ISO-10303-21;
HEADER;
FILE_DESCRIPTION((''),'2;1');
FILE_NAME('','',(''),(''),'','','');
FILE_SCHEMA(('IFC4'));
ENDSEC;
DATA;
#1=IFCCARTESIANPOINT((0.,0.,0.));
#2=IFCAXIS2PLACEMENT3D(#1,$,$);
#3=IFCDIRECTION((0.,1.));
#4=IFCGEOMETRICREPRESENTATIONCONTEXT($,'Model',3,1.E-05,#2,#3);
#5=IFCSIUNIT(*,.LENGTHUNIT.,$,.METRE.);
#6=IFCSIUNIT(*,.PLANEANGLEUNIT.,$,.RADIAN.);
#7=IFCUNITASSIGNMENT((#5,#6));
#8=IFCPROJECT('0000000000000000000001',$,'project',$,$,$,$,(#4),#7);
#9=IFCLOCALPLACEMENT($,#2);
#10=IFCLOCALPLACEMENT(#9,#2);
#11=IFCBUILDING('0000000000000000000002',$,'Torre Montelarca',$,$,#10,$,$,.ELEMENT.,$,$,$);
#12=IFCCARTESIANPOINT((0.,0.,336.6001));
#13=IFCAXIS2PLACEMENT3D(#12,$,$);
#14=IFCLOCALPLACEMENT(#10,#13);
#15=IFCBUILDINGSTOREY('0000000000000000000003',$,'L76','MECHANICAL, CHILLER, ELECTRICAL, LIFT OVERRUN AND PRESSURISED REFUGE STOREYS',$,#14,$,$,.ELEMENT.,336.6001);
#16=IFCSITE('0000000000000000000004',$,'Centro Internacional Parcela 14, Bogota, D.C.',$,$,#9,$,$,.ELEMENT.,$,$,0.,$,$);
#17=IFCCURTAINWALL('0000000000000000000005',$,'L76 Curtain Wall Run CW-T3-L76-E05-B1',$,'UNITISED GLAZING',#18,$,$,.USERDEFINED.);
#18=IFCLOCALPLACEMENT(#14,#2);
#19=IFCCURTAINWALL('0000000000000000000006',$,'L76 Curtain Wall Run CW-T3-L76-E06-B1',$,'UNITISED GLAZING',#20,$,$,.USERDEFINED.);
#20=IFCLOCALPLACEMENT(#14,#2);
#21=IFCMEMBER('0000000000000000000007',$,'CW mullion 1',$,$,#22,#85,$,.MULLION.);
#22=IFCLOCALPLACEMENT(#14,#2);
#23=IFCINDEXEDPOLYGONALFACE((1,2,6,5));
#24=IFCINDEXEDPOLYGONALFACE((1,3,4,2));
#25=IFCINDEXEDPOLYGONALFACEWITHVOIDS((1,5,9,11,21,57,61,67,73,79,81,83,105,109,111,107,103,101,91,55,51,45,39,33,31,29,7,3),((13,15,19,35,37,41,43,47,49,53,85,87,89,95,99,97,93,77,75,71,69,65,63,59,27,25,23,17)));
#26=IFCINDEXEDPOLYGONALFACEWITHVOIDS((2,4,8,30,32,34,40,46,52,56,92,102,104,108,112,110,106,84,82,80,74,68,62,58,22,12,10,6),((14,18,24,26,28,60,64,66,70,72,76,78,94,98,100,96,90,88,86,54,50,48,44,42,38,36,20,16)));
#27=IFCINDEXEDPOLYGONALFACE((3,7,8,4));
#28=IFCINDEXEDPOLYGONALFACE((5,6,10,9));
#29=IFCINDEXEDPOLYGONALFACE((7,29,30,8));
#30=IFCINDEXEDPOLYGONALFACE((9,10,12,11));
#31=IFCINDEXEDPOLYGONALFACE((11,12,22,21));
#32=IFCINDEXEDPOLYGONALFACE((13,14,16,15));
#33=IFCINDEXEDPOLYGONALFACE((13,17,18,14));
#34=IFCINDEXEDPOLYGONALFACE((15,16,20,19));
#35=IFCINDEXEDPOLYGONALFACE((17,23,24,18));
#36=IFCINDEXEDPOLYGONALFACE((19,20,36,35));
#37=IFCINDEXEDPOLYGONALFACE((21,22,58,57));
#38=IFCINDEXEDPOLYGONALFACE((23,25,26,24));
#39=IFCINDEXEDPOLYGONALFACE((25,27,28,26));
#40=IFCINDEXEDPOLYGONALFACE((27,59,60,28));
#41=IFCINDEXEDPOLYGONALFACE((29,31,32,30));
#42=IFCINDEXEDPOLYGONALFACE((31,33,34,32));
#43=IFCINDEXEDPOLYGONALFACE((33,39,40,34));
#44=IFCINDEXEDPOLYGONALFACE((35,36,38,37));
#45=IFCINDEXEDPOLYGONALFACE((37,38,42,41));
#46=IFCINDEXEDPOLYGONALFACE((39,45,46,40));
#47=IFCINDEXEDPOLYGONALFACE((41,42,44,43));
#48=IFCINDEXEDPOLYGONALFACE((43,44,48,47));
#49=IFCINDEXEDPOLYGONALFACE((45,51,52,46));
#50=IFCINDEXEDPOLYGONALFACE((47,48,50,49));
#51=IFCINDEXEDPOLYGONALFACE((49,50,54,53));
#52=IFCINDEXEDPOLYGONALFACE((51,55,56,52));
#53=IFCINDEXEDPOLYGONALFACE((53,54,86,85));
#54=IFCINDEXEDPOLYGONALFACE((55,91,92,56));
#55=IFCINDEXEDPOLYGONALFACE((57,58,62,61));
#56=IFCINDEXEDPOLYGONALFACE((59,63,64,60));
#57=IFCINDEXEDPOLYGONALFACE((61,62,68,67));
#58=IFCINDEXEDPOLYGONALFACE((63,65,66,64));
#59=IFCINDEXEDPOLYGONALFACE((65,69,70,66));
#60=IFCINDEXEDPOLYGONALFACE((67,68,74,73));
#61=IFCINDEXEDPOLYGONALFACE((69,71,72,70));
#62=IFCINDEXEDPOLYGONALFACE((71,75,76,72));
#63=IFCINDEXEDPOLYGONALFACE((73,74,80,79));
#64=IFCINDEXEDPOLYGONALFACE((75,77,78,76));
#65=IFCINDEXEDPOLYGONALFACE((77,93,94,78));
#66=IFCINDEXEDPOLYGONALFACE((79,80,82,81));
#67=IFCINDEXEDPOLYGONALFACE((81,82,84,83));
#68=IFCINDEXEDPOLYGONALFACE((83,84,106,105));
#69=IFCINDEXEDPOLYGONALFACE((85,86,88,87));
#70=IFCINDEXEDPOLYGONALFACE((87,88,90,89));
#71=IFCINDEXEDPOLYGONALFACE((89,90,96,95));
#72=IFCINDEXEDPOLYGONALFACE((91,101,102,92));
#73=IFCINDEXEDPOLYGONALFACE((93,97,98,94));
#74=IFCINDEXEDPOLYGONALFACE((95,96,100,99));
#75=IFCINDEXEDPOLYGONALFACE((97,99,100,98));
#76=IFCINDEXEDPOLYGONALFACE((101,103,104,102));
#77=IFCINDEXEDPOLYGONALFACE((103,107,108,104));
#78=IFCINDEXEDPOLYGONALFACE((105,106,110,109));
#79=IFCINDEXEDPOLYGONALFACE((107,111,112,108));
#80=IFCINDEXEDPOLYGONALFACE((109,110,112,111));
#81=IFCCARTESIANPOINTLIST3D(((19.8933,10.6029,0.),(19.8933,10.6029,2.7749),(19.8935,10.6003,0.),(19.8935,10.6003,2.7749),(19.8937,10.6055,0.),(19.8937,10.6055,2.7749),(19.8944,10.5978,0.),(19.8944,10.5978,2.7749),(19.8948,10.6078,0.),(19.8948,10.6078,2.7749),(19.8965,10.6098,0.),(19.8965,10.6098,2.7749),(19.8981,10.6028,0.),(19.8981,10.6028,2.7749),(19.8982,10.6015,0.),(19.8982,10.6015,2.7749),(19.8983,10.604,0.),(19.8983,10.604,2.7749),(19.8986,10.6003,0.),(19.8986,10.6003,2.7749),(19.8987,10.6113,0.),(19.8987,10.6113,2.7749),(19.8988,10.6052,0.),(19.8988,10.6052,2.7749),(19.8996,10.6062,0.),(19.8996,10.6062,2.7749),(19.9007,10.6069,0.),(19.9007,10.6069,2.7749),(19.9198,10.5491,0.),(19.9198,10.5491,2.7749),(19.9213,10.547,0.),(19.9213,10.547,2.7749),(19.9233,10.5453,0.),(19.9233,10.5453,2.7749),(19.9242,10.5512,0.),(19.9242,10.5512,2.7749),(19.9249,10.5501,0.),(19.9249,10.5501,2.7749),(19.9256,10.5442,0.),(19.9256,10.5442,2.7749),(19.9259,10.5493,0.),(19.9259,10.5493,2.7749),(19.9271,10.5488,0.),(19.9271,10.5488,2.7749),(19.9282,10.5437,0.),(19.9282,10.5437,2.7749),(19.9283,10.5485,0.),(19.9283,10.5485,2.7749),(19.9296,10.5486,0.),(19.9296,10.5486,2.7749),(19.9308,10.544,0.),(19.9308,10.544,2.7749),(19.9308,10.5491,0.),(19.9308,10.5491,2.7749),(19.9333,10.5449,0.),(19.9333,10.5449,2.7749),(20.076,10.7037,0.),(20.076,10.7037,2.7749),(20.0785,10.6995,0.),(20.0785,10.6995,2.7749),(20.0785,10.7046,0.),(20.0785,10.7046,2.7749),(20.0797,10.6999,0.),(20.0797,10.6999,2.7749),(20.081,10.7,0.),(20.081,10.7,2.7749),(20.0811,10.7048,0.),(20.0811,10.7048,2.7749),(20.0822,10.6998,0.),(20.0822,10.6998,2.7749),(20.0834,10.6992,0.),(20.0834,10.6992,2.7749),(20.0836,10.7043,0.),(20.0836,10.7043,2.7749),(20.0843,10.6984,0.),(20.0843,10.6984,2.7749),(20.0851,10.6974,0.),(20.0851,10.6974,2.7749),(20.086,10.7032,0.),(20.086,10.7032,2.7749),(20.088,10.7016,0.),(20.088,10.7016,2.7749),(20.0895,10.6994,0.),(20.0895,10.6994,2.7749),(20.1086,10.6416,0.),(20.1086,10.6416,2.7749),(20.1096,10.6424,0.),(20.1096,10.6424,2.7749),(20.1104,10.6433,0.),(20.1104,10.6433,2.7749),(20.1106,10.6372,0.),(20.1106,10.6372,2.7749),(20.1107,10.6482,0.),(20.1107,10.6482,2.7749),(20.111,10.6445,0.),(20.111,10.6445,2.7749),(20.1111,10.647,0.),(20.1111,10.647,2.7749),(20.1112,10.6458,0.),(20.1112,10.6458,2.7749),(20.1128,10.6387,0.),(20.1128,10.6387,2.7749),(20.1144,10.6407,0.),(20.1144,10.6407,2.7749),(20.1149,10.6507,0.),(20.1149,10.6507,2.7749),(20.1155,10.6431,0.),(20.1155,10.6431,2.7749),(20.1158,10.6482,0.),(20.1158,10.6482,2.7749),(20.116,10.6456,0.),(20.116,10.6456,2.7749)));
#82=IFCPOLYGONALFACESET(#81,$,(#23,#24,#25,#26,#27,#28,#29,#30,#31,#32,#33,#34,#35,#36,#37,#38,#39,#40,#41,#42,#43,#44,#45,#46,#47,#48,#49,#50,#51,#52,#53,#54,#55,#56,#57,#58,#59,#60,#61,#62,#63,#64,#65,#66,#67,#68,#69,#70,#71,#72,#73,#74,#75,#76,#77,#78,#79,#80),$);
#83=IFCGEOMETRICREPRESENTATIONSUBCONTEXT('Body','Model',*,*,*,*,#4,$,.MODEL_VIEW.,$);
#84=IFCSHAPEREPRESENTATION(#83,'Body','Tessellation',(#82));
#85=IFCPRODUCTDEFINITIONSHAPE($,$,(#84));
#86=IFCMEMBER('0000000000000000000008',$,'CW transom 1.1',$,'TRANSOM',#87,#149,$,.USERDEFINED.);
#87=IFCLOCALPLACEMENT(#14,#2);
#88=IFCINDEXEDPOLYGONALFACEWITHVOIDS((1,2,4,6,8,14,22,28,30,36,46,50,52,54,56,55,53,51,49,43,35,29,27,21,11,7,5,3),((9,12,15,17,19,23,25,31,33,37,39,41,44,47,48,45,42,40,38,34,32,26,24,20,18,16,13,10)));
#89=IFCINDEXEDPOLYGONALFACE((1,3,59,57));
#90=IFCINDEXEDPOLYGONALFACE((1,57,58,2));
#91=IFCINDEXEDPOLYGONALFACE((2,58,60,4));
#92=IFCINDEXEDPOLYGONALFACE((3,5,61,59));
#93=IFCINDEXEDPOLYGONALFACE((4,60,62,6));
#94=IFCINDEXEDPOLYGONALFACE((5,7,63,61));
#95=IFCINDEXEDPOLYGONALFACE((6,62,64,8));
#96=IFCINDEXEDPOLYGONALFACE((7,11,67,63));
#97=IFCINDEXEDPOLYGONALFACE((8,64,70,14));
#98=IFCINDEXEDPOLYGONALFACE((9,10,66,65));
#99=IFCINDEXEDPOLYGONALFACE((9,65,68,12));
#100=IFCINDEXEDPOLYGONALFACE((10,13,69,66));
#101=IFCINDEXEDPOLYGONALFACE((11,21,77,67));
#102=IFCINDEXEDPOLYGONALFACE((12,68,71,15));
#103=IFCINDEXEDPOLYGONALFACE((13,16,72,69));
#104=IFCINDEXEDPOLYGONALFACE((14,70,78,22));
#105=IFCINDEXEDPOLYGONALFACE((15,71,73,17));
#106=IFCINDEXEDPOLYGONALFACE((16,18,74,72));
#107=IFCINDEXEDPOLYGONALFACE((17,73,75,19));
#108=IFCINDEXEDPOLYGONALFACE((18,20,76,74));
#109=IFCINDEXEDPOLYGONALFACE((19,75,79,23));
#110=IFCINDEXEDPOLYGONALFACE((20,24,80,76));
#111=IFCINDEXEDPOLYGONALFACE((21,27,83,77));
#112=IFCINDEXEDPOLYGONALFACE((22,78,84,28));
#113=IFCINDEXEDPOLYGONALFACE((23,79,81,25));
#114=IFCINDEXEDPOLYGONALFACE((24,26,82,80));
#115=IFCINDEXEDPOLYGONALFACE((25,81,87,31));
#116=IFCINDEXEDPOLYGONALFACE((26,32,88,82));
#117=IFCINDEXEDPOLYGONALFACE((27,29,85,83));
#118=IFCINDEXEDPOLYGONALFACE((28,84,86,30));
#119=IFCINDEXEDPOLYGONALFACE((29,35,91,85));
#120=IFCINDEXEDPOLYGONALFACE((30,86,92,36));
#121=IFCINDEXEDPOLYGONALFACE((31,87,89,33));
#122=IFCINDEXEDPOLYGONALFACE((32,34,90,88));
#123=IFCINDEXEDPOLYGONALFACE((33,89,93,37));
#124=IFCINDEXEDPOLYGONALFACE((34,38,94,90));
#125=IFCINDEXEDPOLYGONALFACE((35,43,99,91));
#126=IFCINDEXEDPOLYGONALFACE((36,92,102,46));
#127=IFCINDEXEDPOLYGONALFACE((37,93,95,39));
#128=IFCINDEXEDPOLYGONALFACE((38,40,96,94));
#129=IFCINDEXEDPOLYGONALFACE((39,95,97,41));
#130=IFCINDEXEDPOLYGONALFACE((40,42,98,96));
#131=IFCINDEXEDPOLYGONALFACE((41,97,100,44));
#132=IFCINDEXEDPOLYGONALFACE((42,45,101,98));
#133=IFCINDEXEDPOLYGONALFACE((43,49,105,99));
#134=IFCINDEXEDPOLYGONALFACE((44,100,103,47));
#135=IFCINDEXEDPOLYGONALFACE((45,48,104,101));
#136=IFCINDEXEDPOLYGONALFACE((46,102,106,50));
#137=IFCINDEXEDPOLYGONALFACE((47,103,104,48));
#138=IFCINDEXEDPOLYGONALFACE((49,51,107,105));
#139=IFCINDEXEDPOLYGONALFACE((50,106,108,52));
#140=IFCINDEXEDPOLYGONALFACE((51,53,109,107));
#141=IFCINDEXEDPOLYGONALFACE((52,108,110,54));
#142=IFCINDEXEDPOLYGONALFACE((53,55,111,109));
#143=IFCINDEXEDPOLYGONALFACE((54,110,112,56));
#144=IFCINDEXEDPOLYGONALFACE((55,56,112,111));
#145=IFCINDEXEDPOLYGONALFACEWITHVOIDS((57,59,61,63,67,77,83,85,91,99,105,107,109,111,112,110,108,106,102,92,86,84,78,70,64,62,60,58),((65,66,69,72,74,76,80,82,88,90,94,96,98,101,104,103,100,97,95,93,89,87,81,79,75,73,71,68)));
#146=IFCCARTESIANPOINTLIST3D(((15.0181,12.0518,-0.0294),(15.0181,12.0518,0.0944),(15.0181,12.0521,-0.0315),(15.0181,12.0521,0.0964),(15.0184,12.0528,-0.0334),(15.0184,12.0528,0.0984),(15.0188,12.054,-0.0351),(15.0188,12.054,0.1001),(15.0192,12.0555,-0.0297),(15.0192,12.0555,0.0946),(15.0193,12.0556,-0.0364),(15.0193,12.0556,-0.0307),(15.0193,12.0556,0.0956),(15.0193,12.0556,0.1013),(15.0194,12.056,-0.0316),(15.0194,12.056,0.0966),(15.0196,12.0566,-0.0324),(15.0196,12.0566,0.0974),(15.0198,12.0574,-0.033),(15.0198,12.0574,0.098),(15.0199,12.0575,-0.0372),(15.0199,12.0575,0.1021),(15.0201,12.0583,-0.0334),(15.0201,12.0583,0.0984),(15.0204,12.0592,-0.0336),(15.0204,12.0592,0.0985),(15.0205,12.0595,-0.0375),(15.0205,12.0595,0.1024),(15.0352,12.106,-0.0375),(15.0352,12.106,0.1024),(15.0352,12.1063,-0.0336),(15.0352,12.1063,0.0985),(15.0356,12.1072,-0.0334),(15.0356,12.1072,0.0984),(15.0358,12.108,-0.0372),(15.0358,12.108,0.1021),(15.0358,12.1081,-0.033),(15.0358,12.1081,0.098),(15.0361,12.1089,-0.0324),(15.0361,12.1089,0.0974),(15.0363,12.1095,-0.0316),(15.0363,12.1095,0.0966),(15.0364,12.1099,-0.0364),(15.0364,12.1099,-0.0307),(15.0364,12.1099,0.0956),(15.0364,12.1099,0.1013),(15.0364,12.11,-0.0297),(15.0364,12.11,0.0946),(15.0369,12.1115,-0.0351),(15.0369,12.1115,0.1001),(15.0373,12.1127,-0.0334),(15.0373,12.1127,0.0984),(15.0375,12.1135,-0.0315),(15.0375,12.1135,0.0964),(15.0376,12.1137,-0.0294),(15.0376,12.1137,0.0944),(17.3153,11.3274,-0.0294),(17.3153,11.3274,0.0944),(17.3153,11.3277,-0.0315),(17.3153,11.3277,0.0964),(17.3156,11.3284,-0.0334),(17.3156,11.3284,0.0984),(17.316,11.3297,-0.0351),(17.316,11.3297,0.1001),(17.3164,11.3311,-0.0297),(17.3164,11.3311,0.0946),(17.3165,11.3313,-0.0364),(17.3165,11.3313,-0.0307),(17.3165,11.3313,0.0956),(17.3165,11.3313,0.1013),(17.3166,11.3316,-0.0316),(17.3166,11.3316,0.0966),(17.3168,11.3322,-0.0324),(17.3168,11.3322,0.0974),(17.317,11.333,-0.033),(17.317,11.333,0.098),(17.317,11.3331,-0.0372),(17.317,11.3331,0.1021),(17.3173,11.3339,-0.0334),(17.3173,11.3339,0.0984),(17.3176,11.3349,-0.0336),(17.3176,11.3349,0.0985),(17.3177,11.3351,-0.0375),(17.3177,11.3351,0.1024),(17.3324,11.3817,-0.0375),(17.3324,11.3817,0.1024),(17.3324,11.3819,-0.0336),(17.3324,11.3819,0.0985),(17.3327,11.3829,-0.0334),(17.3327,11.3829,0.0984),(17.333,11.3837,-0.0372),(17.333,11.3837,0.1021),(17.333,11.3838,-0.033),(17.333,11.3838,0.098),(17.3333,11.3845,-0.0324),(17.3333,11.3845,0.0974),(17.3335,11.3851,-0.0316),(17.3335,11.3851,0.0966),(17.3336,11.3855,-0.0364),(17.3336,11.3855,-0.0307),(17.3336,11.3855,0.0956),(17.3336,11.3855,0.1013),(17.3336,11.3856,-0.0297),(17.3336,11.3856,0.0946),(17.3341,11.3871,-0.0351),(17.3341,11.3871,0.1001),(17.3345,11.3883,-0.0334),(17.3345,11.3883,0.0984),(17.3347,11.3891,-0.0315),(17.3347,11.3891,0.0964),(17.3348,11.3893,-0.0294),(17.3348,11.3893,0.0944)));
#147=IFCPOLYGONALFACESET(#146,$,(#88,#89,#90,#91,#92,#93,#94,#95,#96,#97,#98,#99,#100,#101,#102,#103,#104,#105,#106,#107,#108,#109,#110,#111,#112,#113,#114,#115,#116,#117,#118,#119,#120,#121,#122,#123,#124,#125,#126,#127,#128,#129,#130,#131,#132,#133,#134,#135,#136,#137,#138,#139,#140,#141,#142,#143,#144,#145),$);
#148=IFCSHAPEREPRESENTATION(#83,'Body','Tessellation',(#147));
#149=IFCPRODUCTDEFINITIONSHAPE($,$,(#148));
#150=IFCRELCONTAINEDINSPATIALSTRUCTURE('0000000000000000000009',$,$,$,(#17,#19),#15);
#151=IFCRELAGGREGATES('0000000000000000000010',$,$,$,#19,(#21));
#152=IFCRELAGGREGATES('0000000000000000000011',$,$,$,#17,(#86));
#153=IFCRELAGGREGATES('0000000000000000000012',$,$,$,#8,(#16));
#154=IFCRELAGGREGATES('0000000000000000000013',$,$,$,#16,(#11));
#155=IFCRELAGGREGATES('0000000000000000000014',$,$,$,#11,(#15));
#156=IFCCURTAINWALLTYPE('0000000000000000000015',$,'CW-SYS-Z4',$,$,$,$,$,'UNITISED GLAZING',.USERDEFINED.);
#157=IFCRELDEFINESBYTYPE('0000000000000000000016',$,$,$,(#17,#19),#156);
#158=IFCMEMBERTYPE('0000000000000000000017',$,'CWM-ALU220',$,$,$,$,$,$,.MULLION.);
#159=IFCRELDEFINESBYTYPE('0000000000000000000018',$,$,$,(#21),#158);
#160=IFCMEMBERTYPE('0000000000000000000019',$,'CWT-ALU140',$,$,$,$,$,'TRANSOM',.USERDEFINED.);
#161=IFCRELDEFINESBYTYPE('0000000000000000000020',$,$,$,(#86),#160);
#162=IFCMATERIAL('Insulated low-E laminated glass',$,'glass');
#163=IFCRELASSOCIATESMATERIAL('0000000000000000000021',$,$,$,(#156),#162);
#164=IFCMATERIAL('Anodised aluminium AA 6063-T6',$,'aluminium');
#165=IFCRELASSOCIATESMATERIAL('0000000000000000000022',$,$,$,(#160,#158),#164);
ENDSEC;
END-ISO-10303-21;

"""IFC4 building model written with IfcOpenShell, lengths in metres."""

from ifc_helpers import new_model, si_unit, direction, frame, origin, origin_2d, place, context, subcontext, project, spatial, hollow_rectangle, extrude, source, transform, mapped, material, material_profile, profile_set, type_object, element, aggregate, save


model = new_model("IFC4")

# Units and contexts
model_context = context("Model", 3, precision=1e-05, world=origin(), true_north=direction((0.0, 1.0)))
body_context = subcontext(model_context, "Body", "Model", "MODEL_VIEW")
ifc_project = project(units=[si_unit("LENGTHUNIT", "METRE"), si_unit("PLANEANGLEUNIT", "RADIAN")], contexts=[model_context])

# Site, building, storey
site_placement = place(None, origin())
site = spatial("IfcSite", under=ifc_project, at=site_placement, Name="Centro Internacional Parcela 14, Bogota, D.C.", CompositionType="ELEMENT", RefElevation=0.0)
building_placement = place(site_placement, origin())
building = spatial("IfcBuilding", under=site, at=building_placement, Name="Torre Montelarca", CompositionType="ELEMENT")
storey_placement = place(building_placement, frame((0.0, 0.0, 336.6001)))
storey = spatial("IfcBuildingStorey", under=building, at=storey_placement, Name="L76", Description="MECHANICAL, CHILLER, ELECTRICAL, LIFT OVERRUN AND PRESSURISED REFUGE STOREYS", CompositionType="ELEMENT", Elevation=336.6001)

# Curtain wall
ifc_material_1 = material(Name="Insulated low-E laminated glass", Category="glass")
curtain_wall_type = type_object("IfcCurtainWallType", Name="CW-SYS-Z4", ElementType="UNITISED GLAZING", PredefinedType="USERDEFINED", material=ifc_material_1)
ifc_material_2 = material(Name="Anodised aluminium AA 6063-T6", Category="aluminium")
ifc_material_profile_1 = material_profile(ifc_material_2, hollow_rectangle(XDim=0.0649, YDim=0.1399, WallThickness=0.0039, InnerFilletRadius=0.0039, OuterFilletRadius=0.0081, at=origin_2d()), Name="ALU65X140X4", Category="aluminium")
ifc_profile_set_1 = profile_set([ifc_material_profile_1], Name="Anodised aluminium AA 6063-T6")
member_type_1 = type_object("IfcMemberType", Name="CWT-ALU140", ElementType="TRANSOM", PredefinedType="USERDEFINED", material=ifc_profile_set_1)
ifc_material_profile_2 = material_profile(ifc_material_2, hollow_rectangle(XDim=0.075, YDim=0.22, WallThickness=0.0049, InnerFilletRadius=0.0049, OuterFilletRadius=0.01, at=origin_2d()), Name="ALU75X220X5", Category="aluminium")
ifc_profile_set_2 = profile_set([ifc_material_profile_2], Name="Anodised aluminium AA 6063-T6")
member_type_2 = type_object("IfcMemberType", Name="CWM-ALU220", PredefinedType="MULLION", material=ifc_profile_set_2)
curtain_wall_1_placement = place(storey_placement, origin())
curtain_wall_1 = element("IfcCurtainWall", 1, at=curtain_wall_1_placement, inside=storey, type_object=curtain_wall_type, Name="L76 Curtain Wall Run CW-T3-L76-E05-B1", ObjectType="UNITISED GLAZING", PredefinedType="USERDEFINED")

# Curtain wall, member
curtain_wall_2_placement = place(storey_placement, origin())
curtain_wall_2 = element("IfcCurtainWall", 2, at=curtain_wall_2_placement, inside=storey, type_object=curtain_wall_type, Name="L76 Curtain Wall Run CW-T3-L76-E06-B1", ObjectType="UNITISED GLAZING", PredefinedType="USERDEFINED")
shared_shape_1 = source(origin(), body_context, "Body", "SweptSolid", [
    extrude(hollow_rectangle(XDim=0.075, YDim=0.22, WallThickness=0.0049, InnerFilletRadius=0.0049, OuterFilletRadius=0.01, at=origin_2d()), origin(), (0.0, 0.0, 1.0), 2.7749),
])
member_1_placement = place(storey_placement, frame((20.0046, 10.6243, 0.0), z_axis=(0.0, 0.0, 1.0), x_axis=(-0.461746, 0.887012, 0.0)))
member_1 = element("IfcMember", 3, at=member_1_placement, type_object=member_type_2, Name="CW mullion 1", PredefinedType="MULLION", context=body_context, shape_type="MappedRepresentation", body=[
    mapped(shared_shape_1, transform((0.0, 0.0, 0.0), scale=1.0)),
])

# Member
shared_shape_2 = source(origin(), body_context, "Body", "SweptSolid", [
    extrude(hollow_rectangle(XDim=0.0649, YDim=0.1399, WallThickness=0.0039, InnerFilletRadius=0.0039, OuterFilletRadius=0.0081, at=origin_2d()), origin(), (0.0, 0.0, 1.0), 2.4087),
])
member_2_placement = place(storey_placement, frame((15.0278, 12.0828, 0.0325), z_axis=(0.953707, -0.300738, 0.0), x_axis=(0.300738, 0.953707, 0.0)))
member_2 = element("IfcMember", 4, at=member_2_placement, type_object=member_type_1, Name="CW transom 1.1", ObjectType="TRANSOM", PredefinedType="USERDEFINED", context=body_context, shape_type="MappedRepresentation", body=[
    mapped(shared_shape_2, transform((0.0, 0.0, 0.0), scale=1.0)),
])
aggregate(curtain_wall_2, [member_1])

aggregate(curtain_wall_1, [member_2])

save(model, "model.ifc")
